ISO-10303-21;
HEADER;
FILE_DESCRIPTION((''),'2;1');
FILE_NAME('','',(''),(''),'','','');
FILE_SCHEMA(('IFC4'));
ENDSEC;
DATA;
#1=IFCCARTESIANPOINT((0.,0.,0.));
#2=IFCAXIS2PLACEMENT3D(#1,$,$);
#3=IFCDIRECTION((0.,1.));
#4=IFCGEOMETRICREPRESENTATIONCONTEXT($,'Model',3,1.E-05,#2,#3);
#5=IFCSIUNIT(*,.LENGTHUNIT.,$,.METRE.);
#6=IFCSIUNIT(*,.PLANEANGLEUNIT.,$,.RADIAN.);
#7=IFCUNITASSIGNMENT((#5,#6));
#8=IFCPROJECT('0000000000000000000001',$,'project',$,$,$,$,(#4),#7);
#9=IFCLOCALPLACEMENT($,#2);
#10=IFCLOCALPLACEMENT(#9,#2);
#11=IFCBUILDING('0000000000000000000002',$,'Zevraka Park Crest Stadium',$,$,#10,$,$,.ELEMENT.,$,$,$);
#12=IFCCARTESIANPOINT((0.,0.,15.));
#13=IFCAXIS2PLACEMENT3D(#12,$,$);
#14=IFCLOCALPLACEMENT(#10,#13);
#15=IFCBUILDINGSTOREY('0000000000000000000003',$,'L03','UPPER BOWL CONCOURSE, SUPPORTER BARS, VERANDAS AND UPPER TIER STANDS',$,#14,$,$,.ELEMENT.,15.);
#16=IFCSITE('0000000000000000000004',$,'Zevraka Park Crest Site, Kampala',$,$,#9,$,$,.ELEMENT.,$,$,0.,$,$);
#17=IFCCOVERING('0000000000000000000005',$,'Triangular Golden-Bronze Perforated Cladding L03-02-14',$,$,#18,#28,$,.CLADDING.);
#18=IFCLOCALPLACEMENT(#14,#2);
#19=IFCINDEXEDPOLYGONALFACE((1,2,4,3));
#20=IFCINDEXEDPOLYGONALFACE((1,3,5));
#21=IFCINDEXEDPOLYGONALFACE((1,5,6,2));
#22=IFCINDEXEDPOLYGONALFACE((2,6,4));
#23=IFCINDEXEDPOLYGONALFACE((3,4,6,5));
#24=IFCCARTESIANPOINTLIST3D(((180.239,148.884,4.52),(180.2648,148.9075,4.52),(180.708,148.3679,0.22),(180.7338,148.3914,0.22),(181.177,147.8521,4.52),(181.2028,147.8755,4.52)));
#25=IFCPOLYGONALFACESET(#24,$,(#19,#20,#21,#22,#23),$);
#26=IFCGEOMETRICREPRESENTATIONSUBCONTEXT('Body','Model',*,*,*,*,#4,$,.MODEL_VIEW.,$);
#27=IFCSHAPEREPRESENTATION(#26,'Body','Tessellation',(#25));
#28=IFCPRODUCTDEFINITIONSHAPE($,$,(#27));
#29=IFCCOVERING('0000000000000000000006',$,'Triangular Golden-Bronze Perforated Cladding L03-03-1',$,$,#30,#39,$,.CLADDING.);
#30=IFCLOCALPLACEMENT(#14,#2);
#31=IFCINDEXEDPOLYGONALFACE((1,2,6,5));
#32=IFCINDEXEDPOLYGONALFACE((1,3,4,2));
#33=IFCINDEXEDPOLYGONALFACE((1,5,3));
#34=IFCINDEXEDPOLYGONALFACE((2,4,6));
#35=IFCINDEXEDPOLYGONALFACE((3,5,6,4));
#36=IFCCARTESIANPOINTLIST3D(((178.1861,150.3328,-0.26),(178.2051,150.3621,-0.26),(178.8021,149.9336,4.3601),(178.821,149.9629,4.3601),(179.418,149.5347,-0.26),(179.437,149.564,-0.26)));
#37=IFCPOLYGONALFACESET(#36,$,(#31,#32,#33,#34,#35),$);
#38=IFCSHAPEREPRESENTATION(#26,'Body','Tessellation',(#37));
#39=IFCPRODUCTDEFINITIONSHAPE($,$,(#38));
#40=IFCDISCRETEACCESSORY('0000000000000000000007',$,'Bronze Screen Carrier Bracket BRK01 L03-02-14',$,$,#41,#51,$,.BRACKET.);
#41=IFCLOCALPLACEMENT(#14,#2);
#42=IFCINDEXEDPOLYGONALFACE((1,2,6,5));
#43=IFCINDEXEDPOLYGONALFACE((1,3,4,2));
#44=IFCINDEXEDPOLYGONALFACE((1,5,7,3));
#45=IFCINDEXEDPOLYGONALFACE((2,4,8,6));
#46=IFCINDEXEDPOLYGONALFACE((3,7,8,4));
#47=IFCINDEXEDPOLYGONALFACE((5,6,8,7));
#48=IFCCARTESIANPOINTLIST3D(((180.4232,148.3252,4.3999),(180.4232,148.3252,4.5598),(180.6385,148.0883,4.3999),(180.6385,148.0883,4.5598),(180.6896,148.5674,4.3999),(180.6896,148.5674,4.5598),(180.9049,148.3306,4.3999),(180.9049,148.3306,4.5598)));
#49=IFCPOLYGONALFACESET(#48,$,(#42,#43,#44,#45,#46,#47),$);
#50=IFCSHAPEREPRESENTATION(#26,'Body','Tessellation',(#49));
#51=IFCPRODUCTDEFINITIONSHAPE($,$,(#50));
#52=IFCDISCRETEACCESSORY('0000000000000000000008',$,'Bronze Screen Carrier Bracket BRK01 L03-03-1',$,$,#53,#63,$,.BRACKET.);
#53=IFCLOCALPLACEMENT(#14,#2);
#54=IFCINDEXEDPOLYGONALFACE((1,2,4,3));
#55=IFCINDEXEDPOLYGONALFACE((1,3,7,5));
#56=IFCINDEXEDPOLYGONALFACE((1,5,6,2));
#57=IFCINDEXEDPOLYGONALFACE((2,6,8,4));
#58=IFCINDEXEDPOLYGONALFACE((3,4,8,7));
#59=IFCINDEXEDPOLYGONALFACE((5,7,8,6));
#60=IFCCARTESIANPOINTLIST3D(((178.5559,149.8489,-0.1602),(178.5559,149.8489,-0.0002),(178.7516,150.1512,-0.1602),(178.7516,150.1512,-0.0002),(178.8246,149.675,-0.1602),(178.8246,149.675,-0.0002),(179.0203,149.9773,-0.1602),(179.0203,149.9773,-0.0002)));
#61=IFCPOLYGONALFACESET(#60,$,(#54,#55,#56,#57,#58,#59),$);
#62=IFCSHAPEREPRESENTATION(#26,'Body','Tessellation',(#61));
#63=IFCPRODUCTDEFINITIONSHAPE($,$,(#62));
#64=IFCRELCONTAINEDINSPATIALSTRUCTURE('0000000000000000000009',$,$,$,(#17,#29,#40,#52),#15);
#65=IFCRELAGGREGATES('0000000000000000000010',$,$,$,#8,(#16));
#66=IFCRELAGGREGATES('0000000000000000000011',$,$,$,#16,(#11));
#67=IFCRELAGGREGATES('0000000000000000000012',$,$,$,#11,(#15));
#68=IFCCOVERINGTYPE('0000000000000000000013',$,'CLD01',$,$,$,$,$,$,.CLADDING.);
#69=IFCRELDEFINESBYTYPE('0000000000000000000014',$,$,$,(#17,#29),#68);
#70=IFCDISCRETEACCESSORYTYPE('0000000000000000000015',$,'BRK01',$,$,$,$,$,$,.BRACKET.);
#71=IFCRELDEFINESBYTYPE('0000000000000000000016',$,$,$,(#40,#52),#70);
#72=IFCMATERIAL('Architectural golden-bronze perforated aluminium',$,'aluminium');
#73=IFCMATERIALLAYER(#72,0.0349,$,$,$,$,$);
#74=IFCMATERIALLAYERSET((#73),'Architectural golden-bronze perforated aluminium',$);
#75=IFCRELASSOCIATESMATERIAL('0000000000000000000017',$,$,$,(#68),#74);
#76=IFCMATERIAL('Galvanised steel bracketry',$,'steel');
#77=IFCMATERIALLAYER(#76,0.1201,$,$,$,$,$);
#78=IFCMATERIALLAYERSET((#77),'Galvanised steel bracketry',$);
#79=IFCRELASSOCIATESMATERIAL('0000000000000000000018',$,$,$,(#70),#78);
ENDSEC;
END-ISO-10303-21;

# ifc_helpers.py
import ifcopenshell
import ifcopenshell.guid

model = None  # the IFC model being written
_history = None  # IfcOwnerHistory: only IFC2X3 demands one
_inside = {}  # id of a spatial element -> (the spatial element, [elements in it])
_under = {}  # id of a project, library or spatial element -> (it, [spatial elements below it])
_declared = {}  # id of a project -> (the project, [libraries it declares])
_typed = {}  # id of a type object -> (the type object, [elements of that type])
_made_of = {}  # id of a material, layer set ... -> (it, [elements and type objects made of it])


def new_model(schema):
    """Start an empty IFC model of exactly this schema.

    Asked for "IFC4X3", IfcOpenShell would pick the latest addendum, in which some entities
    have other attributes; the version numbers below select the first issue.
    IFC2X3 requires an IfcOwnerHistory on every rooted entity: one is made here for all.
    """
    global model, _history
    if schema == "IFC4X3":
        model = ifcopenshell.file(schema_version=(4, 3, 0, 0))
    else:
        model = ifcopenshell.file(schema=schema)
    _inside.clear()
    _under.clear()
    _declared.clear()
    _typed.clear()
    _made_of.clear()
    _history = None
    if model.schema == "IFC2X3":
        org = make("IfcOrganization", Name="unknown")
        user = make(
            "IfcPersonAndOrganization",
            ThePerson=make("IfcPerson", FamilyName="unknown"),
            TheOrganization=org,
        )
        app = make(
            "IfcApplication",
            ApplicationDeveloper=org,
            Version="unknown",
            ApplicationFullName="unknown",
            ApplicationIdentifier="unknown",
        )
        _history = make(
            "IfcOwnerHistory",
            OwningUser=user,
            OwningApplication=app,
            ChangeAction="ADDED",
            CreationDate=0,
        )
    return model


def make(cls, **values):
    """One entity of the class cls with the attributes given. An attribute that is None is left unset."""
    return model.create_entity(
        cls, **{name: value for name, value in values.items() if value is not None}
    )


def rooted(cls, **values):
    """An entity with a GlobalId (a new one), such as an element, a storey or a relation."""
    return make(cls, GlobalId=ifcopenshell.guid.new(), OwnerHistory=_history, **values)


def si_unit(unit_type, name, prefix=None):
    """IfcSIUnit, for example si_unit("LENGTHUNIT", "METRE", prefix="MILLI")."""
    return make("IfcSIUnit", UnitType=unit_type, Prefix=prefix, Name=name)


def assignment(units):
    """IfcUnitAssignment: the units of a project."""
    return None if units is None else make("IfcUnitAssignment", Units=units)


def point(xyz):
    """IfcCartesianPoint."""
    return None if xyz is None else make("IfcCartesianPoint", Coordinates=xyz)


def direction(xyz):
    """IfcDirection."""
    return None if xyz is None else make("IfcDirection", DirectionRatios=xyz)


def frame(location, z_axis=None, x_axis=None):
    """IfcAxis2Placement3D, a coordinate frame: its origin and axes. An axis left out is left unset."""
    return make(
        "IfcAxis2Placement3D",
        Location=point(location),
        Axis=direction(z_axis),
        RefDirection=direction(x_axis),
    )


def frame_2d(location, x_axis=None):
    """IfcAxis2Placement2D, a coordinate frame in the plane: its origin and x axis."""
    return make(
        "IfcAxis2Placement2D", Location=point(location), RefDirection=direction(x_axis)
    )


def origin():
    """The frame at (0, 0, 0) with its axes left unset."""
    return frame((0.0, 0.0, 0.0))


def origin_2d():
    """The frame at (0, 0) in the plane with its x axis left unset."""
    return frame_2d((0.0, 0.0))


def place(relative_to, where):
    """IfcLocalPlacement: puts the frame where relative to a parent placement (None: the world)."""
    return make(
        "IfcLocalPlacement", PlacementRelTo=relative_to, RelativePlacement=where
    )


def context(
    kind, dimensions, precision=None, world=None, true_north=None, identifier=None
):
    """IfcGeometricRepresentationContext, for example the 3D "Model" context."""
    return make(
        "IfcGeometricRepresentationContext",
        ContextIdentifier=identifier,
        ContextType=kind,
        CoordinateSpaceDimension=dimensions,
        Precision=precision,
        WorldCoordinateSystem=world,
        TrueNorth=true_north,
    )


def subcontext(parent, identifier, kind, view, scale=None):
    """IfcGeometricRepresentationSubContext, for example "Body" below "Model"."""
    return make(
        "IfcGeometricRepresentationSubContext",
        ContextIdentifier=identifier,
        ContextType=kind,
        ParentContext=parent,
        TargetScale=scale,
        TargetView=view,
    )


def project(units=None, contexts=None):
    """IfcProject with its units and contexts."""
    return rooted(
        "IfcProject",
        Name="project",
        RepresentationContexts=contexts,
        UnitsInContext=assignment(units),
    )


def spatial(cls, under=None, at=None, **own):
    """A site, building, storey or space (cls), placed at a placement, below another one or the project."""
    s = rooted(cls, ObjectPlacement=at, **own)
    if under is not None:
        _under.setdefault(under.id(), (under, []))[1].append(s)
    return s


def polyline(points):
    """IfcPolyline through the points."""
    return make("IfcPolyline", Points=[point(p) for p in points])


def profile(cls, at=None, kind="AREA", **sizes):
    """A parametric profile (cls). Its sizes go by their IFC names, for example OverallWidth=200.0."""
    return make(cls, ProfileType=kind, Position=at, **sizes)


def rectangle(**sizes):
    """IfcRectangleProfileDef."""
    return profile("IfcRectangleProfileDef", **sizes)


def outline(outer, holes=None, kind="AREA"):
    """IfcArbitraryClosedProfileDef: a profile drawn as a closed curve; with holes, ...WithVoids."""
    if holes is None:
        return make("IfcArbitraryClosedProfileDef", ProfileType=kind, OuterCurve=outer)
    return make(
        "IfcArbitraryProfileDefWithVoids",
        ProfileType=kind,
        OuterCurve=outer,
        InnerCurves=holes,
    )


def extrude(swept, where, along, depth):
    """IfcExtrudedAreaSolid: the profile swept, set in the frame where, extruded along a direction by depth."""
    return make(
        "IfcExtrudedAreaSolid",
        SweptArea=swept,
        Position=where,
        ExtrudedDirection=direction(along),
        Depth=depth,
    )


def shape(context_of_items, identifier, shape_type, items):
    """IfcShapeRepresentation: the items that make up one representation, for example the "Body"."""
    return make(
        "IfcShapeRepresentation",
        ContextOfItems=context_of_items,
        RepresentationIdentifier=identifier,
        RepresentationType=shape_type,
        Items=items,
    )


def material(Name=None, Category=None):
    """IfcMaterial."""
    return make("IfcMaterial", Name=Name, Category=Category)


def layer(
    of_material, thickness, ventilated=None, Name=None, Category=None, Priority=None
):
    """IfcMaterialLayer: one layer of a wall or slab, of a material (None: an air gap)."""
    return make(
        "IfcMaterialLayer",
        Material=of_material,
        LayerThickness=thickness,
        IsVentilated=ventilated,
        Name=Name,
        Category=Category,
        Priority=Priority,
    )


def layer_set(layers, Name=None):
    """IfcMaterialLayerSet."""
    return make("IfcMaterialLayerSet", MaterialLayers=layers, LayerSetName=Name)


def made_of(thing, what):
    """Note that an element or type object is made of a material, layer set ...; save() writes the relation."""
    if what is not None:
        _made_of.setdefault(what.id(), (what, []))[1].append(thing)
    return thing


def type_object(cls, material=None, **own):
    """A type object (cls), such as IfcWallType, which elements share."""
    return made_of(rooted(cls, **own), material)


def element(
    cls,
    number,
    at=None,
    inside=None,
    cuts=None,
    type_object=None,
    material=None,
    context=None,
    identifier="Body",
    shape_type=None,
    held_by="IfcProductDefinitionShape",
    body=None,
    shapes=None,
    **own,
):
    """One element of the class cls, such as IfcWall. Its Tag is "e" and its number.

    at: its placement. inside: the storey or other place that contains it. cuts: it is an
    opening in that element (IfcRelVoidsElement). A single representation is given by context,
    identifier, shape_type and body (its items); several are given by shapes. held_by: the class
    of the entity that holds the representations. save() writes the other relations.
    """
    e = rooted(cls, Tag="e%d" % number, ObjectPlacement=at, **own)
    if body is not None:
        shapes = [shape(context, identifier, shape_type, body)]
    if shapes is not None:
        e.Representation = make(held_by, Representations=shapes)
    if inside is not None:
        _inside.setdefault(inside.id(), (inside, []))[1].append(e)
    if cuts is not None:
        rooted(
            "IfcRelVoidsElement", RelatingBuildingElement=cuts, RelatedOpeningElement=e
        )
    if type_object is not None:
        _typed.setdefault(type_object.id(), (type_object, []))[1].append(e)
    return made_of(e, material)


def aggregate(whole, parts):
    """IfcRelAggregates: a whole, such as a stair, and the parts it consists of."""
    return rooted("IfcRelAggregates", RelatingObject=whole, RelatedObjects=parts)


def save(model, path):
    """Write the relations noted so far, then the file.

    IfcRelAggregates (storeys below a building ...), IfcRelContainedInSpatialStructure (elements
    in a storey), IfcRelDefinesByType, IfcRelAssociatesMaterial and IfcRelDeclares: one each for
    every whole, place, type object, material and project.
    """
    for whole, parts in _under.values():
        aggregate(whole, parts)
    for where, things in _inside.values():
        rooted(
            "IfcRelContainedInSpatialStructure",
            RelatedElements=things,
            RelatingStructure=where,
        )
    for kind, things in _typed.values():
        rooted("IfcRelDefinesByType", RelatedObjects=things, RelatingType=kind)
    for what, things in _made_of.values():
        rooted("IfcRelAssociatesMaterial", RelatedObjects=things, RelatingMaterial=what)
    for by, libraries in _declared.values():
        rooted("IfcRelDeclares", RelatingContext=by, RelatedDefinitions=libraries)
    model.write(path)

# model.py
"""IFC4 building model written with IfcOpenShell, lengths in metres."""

from ifc_helpers import new_model, si_unit, direction, frame, origin, origin_2d, place, context, subcontext, project, spatial, polyline, rectangle, outline, extrude, material, layer, layer_set, type_object, element, save


model = new_model("IFC4")

# Units and contexts
model_context = context("Model", 3, precision=1e-05, world=origin(), true_north=direction((0.0, 1.0)))
body_context = subcontext(model_context, "Body", "Model", "MODEL_VIEW")
ifc_project = project(units=[si_unit("LENGTHUNIT", "METRE"), si_unit("PLANEANGLEUNIT", "RADIAN")], contexts=[model_context])

# Site, building, storey
site_placement = place(None, origin())
site = spatial("IfcSite", under=ifc_project, at=site_placement, Name="Zevraka Park Crest Site, Kampala", CompositionType="ELEMENT", RefElevation=0.0)
building_placement = place(site_placement, origin())
building = spatial("IfcBuilding", under=site, at=building_placement, Name="Zevraka Park Crest Stadium", CompositionType="ELEMENT")
storey_placement = place(building_placement, frame((0.0, 0.0, 15.0)))
storey = spatial("IfcBuildingStorey", under=building, at=storey_placement, Name="L03", Description="UPPER BOWL CONCOURSE, SUPPORTER BARS, VERANDAS AND UPPER TIER STANDS", CompositionType="ELEMENT", Elevation=15.0)

# Coverings
ifc_material_1 = material(Name="Architectural golden-bronze perforated aluminium", Category="aluminium")
ifc_layer_1 = layer(ifc_material_1, 0.0349)
ifc_layer_set_1 = layer_set([ifc_layer_1], Name="Architectural golden-bronze perforated aluminium")
covering_type = type_object("IfcCoveringType", Name="CLD01", PredefinedType="CLADDING", material=ifc_layer_set_1)
covering_1_placement = place(storey_placement, frame((180.239, 148.884, 4.52), z_axis=(-0.740003, -0.672603, 0.000019), x_axis=(0.672603, -0.740003, 0.0)))
element("IfcCovering", 1, at=covering_1_placement, inside=storey, type_object=covering_type, Name="Triangular Golden-Bronze Perforated Cladding L03-02-14", PredefinedType="CLADDING", context=body_context, shape_type="SweptSolid", body=[
    extrude(outline(polyline([(0.0, 0.0), (1.3946, 0.0), (0.6974, -4.3), (0.0, 0.0)])), origin(), (0.0, 0.0, -1.0), 0.0349),
])
covering_2_placement = place(storey_placement, frame((179.437, 149.564, -0.26), z_axis=(0.543713, 0.839271, 0.000022), x_axis=(-0.839271, 0.543713, 0.0)))
element("IfcCovering", 2, at=covering_2_placement, inside=storey, type_object=covering_type, Name="Triangular Golden-Bronze Perforated Cladding L03-03-1", PredefinedType="CLADDING", context=body_context, shape_type="SweptSolid", body=[
    extrude(outline(polyline([(0.0, 0.0), (1.4679, 0.0), (0.7339, 4.6201), (0.0, 0.0)])), origin(), (0.0, 0.0, -1.0), 0.0349),
])

# Discrete accessories
ifc_material_2 = material(Name="Galvanised steel bracketry", Category="steel")
ifc_layer_2 = layer(ifc_material_2, 0.1201)
ifc_layer_set_2 = layer_set([ifc_layer_2], Name="Galvanised steel bracketry")
discrete_accessory_type = type_object("IfcDiscreteAccessoryType", Name="BRK01", PredefinedType="BRACKET", material=ifc_layer_set_2)
for number, where, z_axis, x_axis, name in (
    (3, (180.6641, 148.3279, 4.3999), (0.0, 0.0, 1.0), (-0.672754, 0.739866, 0.0), "Bronze Screen Carrier Bracket BRK01 L03-02-14"),
    (4, (178.7881, 149.9131, -0.1602), (0.0, 0.0, 1.0), (-0.83943, 0.543467, 0.0), "Bronze Screen Carrier Bracket BRK01 L03-03-1"),
):
    element("IfcDiscreteAccessory", number, at=place(storey_placement, frame(where, z_axis=z_axis, x_axis=x_axis)), inside=storey, type_object=discrete_accessory_type, Name=name, PredefinedType="BRACKET", context=body_context, shape_type="SweptSolid", body=[
        extrude(rectangle(XDim=0.3201, YDim=0.3601, at=origin_2d()), origin(), (0.0, 0.0, 1.0), 0.1599),
    ])

save(model, "model.ifc")
